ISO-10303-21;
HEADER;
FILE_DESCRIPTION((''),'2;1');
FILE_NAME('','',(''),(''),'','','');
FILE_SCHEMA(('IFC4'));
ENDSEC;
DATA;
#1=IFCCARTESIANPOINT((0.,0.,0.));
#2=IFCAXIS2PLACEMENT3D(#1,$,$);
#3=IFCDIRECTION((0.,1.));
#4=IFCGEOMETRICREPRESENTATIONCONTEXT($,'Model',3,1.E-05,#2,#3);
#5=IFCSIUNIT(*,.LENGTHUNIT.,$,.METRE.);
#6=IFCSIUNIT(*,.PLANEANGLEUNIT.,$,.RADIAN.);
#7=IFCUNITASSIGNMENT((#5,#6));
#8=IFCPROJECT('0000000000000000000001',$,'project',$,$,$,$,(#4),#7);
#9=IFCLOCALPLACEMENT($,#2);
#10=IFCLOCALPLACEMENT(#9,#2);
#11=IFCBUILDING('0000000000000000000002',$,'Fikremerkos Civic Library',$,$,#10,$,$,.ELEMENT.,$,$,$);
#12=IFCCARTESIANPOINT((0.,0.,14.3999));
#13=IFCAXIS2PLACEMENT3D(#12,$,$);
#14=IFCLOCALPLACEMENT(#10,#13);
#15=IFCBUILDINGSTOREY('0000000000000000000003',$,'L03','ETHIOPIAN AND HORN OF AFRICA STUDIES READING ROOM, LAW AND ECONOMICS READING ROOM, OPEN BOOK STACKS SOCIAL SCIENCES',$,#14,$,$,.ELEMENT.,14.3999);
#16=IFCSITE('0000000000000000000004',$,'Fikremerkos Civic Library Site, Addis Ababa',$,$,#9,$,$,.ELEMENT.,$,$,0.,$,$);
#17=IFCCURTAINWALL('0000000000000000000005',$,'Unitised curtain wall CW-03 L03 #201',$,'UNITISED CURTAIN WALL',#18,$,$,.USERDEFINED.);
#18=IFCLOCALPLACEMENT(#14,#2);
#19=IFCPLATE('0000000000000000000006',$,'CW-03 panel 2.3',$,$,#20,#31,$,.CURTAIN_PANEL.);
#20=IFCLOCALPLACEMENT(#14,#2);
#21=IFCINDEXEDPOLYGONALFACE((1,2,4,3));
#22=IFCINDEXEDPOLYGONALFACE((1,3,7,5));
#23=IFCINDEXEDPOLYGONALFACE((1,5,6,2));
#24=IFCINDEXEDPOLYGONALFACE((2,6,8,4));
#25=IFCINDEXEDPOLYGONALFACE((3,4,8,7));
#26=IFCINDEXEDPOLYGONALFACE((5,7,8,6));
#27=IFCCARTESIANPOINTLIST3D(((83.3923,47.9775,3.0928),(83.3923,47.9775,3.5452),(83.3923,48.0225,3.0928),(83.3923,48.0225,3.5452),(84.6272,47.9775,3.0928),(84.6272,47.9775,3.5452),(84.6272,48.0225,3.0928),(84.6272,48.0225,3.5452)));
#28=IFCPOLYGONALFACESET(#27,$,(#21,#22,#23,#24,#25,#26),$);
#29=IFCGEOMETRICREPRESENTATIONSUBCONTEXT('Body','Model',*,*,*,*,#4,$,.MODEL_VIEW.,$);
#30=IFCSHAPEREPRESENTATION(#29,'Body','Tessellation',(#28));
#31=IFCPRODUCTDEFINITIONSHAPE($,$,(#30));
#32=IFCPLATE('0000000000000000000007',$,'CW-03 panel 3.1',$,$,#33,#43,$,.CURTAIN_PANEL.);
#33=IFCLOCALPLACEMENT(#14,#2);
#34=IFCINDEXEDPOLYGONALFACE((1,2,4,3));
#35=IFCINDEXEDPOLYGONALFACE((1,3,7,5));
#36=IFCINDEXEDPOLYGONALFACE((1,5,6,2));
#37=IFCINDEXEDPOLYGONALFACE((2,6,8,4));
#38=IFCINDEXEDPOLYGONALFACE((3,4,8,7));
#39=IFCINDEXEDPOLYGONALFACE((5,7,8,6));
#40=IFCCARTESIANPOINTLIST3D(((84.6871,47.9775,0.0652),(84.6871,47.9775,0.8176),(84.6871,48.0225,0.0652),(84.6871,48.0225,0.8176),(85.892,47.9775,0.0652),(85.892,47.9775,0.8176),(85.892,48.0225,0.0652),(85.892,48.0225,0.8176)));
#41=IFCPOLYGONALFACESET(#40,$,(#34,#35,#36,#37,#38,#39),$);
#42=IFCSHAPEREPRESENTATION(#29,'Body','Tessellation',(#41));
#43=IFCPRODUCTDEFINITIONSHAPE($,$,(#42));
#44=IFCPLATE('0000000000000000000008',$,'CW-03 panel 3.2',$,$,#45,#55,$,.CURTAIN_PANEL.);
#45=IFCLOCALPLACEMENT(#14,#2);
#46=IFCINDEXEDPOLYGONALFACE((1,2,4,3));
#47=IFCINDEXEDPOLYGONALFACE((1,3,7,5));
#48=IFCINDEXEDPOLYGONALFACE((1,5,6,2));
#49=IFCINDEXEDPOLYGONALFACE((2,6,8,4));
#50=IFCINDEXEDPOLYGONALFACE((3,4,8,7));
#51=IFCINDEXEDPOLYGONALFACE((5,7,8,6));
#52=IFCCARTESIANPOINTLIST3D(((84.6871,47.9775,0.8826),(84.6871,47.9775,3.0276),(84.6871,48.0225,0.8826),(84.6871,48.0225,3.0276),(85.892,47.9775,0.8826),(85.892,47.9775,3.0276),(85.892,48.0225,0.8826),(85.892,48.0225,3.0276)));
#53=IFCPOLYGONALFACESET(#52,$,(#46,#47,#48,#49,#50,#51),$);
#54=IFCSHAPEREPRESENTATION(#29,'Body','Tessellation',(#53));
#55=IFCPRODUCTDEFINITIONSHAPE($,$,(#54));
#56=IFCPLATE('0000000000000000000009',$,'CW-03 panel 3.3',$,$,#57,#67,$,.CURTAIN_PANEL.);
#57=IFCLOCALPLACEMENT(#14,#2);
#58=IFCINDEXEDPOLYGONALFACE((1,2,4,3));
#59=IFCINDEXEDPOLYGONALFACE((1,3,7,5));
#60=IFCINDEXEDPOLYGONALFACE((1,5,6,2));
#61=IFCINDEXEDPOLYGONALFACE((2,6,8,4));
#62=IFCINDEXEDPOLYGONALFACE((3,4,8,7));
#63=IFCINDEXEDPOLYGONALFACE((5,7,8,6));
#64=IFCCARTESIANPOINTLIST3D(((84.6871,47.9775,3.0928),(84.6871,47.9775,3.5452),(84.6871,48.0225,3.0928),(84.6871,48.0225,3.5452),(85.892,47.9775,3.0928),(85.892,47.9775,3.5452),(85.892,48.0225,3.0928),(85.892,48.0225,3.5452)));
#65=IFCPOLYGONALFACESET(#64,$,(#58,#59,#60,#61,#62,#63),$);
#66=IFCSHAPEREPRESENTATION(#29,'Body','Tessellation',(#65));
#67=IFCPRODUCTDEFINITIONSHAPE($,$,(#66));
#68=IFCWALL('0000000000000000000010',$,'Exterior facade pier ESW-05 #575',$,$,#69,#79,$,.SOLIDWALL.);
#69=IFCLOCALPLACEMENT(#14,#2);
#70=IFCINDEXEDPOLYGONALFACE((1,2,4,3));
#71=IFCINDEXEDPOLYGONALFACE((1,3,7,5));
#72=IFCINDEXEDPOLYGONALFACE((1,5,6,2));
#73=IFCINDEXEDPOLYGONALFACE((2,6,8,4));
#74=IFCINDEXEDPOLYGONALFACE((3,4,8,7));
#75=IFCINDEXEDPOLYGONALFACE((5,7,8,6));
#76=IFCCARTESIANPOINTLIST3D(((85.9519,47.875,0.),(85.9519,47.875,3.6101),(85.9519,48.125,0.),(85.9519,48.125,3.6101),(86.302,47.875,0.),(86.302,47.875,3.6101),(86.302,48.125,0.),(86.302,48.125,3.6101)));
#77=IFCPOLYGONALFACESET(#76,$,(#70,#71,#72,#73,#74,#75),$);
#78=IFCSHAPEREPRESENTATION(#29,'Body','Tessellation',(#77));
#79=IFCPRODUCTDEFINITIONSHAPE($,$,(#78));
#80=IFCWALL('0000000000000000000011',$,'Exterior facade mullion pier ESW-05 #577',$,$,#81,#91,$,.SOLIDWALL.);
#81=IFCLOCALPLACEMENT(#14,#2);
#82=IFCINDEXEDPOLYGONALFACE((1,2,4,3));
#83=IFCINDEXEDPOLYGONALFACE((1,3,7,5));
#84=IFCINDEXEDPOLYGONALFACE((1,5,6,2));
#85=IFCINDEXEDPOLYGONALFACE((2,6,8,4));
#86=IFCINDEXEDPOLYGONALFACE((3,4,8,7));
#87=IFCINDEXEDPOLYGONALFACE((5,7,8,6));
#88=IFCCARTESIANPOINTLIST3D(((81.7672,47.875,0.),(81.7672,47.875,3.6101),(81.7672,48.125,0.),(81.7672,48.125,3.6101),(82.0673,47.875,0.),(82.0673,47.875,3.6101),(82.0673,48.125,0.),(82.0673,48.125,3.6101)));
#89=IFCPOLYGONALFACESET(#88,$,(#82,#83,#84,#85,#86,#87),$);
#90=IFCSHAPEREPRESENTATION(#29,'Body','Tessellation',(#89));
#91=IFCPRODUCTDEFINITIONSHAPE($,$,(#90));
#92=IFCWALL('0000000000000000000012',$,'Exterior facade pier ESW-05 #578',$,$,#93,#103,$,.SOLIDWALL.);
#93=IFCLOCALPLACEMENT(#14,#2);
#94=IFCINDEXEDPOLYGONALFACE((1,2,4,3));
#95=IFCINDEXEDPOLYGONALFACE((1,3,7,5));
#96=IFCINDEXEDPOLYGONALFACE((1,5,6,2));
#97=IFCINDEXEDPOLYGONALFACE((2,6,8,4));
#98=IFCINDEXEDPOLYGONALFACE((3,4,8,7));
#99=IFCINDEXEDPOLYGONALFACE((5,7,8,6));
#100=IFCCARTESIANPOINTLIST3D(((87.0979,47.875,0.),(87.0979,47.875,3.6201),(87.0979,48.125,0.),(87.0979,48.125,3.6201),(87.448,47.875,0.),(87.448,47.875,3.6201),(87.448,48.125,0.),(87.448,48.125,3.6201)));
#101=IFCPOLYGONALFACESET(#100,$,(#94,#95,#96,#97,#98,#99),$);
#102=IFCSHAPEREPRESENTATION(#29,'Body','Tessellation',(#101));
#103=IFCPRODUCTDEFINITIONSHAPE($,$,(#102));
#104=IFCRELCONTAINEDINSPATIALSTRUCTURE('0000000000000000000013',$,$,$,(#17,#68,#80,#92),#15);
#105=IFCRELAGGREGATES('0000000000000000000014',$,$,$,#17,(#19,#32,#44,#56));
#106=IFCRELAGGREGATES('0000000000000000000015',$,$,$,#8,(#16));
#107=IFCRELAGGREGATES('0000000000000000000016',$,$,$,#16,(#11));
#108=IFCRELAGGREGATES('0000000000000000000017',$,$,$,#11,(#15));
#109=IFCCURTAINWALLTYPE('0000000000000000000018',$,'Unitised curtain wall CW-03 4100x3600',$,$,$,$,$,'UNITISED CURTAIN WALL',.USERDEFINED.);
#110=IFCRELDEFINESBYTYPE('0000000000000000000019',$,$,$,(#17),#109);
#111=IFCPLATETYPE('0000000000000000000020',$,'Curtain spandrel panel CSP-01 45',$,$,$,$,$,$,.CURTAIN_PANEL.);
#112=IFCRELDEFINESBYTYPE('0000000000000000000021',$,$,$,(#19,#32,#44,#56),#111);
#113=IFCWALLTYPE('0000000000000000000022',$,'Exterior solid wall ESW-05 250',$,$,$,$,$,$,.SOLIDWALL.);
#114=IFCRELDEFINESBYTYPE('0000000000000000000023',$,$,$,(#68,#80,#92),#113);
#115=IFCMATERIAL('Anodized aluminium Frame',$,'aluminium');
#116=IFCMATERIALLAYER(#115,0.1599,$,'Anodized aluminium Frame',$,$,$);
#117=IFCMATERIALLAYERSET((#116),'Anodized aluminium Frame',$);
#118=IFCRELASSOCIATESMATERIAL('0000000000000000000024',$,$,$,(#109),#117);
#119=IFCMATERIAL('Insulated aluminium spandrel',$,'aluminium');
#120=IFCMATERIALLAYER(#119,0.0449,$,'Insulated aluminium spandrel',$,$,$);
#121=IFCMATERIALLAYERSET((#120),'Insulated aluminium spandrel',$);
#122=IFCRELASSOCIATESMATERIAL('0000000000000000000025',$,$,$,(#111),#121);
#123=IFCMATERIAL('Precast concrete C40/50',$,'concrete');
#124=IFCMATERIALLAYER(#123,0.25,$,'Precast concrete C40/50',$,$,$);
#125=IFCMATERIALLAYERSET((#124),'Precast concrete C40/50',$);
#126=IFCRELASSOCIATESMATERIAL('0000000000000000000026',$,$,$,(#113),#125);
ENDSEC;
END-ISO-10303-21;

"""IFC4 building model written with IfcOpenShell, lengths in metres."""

from ifc_helpers import new_model, si_unit, direction, frame, frame_2d, origin, origin_2d, place, context, subcontext, project, spatial, rectangle, extrude, material, layer, layer_set, type_object, element, aggregate, save


model = new_model("IFC4")

# Units and contexts
model_context = context("Model", 3, precision=1e-05, world=origin(), true_north=direction((0.0, 1.0)))
body_context = subcontext(model_context, "Body", "Model", "MODEL_VIEW")
ifc_project = project(units=[si_unit("LENGTHUNIT", "METRE"), si_unit("PLANEANGLEUNIT", "RADIAN")], contexts=[model_context])

# Site, building, storey
site_placement = place(None, origin())
site = spatial("IfcSite", under=ifc_project, at=site_placement, Name="Fikremerkos Civic Library Site, Addis Ababa", CompositionType="ELEMENT", RefElevation=0.0)
building_placement = place(site_placement, origin())
building = spatial("IfcBuilding", under=site, at=building_placement, Name="Fikremerkos Civic Library", CompositionType="ELEMENT")
storey_placement = place(building_placement, frame((0.0, 0.0, 14.3999)))
storey = spatial("IfcBuildingStorey", under=building, at=storey_placement, Name="L03", Description="ETHIOPIAN AND HORN OF AFRICA STUDIES READING ROOM, LAW AND ECONOMICS READING ROOM, OPEN BOOK STACKS SOCIAL SCIENCES", CompositionType="ELEMENT", Elevation=14.3999)

# Shared definitions
ifc_material_1 = material(Name="Anodized aluminium Frame", Category="aluminium")

# Curtain wall
ifc_layer_1 = layer(ifc_material_1, 0.1599, Name="Anodized aluminium Frame")
ifc_layer_set_1 = layer_set([ifc_layer_1], Name="Anodized aluminium Frame")
curtain_wall_type_1 = type_object("IfcCurtainWallType", Name="Unitised curtain wall CW-03 4100x3600", ElementType="UNITISED CURTAIN WALL", PredefinedType="USERDEFINED", material=ifc_layer_set_1)
curtain_wall_1_placement = place(storey_placement, origin())
curtain_wall_1 = element("IfcCurtainWall", 1, at=curtain_wall_1_placement, inside=storey, type_object=curtain_wall_type_1, Name="Unitised curtain wall CW-03 L03 #201", ObjectType="UNITISED CURTAIN WALL", PredefinedType="USERDEFINED")

# Plates
ifc_material_2 = material(Name="Insulated aluminium spandrel", Category="aluminium")
ifc_layer_2 = layer(ifc_material_2, 0.0449, Name="Insulated aluminium spandrel")
ifc_layer_set_2 = layer_set([ifc_layer_2], Name="Insulated aluminium spandrel")
plate_type_1 = type_object("IfcPlateType", Name="Curtain spandrel panel CSP-01 45", PredefinedType="CURTAIN_PANEL", material=ifc_layer_set_2)
plate_1_placement = place(storey_placement, frame((84.0098, 48.0, 3.0928), z_axis=(0.0, 0.0, 1.0), x_axis=(1.0, 0.0, 0.0)))
plate_1 = element("IfcPlate", 2, at=plate_1_placement, type_object=plate_type_1, Name="CW-03 panel 2.3", PredefinedType="CURTAIN_PANEL", context=body_context, shape_type="SweptSolid", body=[
    extrude(rectangle(XDim=1.2349, YDim=0.0449, at=origin_2d()), origin(), (0.0, 0.0, 1.0), 0.4524),
])
plate_2_placement = place(storey_placement, frame((85.2896, 48.0, 0.0652), z_axis=(0.0, 0.0, 1.0), x_axis=(1.0, 0.0, 0.0)))
plate_2 = element("IfcPlate", 3, at=plate_2_placement, type_object=plate_type_1, Name="CW-03 panel 3.1", PredefinedType="CURTAIN_PANEL", context=body_context, shape_type="SweptSolid", body=[
    extrude(rectangle(XDim=1.2048, YDim=0.0449, at=origin_2d()), origin(), (0.0, 0.0, 1.0), 0.7524),
])
plate_3_placement = place(storey_placement, frame((85.2896, 48.0, 0.8826), z_axis=(0.0, 0.0, 1.0), x_axis=(1.0, 0.0, 0.0)))
plate_3 = element("IfcPlate", 4, at=plate_3_placement, type_object=plate_type_1, Name="CW-03 panel 3.2", PredefinedType="CURTAIN_PANEL", context=body_context, shape_type="SweptSolid", body=[
    extrude(rectangle(XDim=1.2048, YDim=0.0449, at=origin_2d()), origin(), (0.0, 0.0, 1.0), 2.145),
])
plate_4_placement = place(storey_placement, frame((85.2896, 48.0, 3.0928), z_axis=(0.0, 0.0, 1.0), x_axis=(1.0, 0.0, 0.0)))
plate_4 = element("IfcPlate", 5, at=plate_4_placement, type_object=plate_type_1, Name="CW-03 panel 3.3", PredefinedType="CURTAIN_PANEL", context=body_context, shape_type="SweptSolid", body=[
    extrude(rectangle(XDim=1.2048, YDim=0.0449, at=origin_2d()), origin(), (0.0, 0.0, 1.0), 0.4524),
])
aggregate(curtain_wall_1, [plate_1, plate_2, plate_3, plate_4])

# Walls
ifc_material_3 = material(Name="Precast concrete C40/50", Category="concrete")
ifc_layer_3 = layer(ifc_material_3, 0.25, Name="Precast concrete C40/50")
ifc_layer_set_3 = layer_set([ifc_layer_3], Name="Precast concrete C40/50")
wall_type = type_object("IfcWallType", Name="Exterior solid wall ESW-05 250", PredefinedType="SOLIDWALL", material=ifc_layer_set_3)
wall_1_placement = place(storey_placement, frame((85.9519, 48.0, 0.0), z_axis=(0.0, 0.0, 1.0), x_axis=(1.0, 0.0, 0.0)))
element("IfcWall", 6, at=wall_1_placement, inside=storey, type_object=wall_type, Name="Exterior facade pier ESW-05 #575", PredefinedType="SOLIDWALL", context=body_context, shape_type="SweptSolid", body=[
    extrude(rectangle(XDim=0.3501, YDim=0.25, at=frame_2d((0.175, 0.0))), origin(), (0.0, 0.0, 1.0), 3.6101),
])
wall_2_placement = place(storey_placement, frame((81.7673, 48.0, 0.0), z_axis=(0.0, 0.0, 1.0), x_axis=(1.0, 0.0, 0.0)))
element("IfcWall", 7, at=wall_2_placement, inside=storey, type_object=wall_type, Name="Exterior facade mullion pier ESW-05 #577", PredefinedType="SOLIDWALL", context=body_context, shape_type="SweptSolid", body=[
    extrude(rectangle(XDim=0.3, YDim=0.25, at=frame_2d((0.1499, 0.0))), origin(), (0.0, 0.0, 1.0), 3.6101),
])
wall_3_placement = place(storey_placement, frame((87.0979, 48.0, 0.0), z_axis=(0.0, 0.0, 1.0), x_axis=(1.0, 0.0, 0.0)))
element("IfcWall", 8, at=wall_3_placement, inside=storey, type_object=wall_type, Name="Exterior facade pier ESW-05 #578", PredefinedType="SOLIDWALL", context=body_context, shape_type="SweptSolid", body=[
    extrude(rectangle(XDim=0.3501, YDim=0.25, at=frame_2d((0.175, 0.0))), origin(), (0.0, 0.0, 1.0), 3.6201),
])

save(model, "model.ifc")
